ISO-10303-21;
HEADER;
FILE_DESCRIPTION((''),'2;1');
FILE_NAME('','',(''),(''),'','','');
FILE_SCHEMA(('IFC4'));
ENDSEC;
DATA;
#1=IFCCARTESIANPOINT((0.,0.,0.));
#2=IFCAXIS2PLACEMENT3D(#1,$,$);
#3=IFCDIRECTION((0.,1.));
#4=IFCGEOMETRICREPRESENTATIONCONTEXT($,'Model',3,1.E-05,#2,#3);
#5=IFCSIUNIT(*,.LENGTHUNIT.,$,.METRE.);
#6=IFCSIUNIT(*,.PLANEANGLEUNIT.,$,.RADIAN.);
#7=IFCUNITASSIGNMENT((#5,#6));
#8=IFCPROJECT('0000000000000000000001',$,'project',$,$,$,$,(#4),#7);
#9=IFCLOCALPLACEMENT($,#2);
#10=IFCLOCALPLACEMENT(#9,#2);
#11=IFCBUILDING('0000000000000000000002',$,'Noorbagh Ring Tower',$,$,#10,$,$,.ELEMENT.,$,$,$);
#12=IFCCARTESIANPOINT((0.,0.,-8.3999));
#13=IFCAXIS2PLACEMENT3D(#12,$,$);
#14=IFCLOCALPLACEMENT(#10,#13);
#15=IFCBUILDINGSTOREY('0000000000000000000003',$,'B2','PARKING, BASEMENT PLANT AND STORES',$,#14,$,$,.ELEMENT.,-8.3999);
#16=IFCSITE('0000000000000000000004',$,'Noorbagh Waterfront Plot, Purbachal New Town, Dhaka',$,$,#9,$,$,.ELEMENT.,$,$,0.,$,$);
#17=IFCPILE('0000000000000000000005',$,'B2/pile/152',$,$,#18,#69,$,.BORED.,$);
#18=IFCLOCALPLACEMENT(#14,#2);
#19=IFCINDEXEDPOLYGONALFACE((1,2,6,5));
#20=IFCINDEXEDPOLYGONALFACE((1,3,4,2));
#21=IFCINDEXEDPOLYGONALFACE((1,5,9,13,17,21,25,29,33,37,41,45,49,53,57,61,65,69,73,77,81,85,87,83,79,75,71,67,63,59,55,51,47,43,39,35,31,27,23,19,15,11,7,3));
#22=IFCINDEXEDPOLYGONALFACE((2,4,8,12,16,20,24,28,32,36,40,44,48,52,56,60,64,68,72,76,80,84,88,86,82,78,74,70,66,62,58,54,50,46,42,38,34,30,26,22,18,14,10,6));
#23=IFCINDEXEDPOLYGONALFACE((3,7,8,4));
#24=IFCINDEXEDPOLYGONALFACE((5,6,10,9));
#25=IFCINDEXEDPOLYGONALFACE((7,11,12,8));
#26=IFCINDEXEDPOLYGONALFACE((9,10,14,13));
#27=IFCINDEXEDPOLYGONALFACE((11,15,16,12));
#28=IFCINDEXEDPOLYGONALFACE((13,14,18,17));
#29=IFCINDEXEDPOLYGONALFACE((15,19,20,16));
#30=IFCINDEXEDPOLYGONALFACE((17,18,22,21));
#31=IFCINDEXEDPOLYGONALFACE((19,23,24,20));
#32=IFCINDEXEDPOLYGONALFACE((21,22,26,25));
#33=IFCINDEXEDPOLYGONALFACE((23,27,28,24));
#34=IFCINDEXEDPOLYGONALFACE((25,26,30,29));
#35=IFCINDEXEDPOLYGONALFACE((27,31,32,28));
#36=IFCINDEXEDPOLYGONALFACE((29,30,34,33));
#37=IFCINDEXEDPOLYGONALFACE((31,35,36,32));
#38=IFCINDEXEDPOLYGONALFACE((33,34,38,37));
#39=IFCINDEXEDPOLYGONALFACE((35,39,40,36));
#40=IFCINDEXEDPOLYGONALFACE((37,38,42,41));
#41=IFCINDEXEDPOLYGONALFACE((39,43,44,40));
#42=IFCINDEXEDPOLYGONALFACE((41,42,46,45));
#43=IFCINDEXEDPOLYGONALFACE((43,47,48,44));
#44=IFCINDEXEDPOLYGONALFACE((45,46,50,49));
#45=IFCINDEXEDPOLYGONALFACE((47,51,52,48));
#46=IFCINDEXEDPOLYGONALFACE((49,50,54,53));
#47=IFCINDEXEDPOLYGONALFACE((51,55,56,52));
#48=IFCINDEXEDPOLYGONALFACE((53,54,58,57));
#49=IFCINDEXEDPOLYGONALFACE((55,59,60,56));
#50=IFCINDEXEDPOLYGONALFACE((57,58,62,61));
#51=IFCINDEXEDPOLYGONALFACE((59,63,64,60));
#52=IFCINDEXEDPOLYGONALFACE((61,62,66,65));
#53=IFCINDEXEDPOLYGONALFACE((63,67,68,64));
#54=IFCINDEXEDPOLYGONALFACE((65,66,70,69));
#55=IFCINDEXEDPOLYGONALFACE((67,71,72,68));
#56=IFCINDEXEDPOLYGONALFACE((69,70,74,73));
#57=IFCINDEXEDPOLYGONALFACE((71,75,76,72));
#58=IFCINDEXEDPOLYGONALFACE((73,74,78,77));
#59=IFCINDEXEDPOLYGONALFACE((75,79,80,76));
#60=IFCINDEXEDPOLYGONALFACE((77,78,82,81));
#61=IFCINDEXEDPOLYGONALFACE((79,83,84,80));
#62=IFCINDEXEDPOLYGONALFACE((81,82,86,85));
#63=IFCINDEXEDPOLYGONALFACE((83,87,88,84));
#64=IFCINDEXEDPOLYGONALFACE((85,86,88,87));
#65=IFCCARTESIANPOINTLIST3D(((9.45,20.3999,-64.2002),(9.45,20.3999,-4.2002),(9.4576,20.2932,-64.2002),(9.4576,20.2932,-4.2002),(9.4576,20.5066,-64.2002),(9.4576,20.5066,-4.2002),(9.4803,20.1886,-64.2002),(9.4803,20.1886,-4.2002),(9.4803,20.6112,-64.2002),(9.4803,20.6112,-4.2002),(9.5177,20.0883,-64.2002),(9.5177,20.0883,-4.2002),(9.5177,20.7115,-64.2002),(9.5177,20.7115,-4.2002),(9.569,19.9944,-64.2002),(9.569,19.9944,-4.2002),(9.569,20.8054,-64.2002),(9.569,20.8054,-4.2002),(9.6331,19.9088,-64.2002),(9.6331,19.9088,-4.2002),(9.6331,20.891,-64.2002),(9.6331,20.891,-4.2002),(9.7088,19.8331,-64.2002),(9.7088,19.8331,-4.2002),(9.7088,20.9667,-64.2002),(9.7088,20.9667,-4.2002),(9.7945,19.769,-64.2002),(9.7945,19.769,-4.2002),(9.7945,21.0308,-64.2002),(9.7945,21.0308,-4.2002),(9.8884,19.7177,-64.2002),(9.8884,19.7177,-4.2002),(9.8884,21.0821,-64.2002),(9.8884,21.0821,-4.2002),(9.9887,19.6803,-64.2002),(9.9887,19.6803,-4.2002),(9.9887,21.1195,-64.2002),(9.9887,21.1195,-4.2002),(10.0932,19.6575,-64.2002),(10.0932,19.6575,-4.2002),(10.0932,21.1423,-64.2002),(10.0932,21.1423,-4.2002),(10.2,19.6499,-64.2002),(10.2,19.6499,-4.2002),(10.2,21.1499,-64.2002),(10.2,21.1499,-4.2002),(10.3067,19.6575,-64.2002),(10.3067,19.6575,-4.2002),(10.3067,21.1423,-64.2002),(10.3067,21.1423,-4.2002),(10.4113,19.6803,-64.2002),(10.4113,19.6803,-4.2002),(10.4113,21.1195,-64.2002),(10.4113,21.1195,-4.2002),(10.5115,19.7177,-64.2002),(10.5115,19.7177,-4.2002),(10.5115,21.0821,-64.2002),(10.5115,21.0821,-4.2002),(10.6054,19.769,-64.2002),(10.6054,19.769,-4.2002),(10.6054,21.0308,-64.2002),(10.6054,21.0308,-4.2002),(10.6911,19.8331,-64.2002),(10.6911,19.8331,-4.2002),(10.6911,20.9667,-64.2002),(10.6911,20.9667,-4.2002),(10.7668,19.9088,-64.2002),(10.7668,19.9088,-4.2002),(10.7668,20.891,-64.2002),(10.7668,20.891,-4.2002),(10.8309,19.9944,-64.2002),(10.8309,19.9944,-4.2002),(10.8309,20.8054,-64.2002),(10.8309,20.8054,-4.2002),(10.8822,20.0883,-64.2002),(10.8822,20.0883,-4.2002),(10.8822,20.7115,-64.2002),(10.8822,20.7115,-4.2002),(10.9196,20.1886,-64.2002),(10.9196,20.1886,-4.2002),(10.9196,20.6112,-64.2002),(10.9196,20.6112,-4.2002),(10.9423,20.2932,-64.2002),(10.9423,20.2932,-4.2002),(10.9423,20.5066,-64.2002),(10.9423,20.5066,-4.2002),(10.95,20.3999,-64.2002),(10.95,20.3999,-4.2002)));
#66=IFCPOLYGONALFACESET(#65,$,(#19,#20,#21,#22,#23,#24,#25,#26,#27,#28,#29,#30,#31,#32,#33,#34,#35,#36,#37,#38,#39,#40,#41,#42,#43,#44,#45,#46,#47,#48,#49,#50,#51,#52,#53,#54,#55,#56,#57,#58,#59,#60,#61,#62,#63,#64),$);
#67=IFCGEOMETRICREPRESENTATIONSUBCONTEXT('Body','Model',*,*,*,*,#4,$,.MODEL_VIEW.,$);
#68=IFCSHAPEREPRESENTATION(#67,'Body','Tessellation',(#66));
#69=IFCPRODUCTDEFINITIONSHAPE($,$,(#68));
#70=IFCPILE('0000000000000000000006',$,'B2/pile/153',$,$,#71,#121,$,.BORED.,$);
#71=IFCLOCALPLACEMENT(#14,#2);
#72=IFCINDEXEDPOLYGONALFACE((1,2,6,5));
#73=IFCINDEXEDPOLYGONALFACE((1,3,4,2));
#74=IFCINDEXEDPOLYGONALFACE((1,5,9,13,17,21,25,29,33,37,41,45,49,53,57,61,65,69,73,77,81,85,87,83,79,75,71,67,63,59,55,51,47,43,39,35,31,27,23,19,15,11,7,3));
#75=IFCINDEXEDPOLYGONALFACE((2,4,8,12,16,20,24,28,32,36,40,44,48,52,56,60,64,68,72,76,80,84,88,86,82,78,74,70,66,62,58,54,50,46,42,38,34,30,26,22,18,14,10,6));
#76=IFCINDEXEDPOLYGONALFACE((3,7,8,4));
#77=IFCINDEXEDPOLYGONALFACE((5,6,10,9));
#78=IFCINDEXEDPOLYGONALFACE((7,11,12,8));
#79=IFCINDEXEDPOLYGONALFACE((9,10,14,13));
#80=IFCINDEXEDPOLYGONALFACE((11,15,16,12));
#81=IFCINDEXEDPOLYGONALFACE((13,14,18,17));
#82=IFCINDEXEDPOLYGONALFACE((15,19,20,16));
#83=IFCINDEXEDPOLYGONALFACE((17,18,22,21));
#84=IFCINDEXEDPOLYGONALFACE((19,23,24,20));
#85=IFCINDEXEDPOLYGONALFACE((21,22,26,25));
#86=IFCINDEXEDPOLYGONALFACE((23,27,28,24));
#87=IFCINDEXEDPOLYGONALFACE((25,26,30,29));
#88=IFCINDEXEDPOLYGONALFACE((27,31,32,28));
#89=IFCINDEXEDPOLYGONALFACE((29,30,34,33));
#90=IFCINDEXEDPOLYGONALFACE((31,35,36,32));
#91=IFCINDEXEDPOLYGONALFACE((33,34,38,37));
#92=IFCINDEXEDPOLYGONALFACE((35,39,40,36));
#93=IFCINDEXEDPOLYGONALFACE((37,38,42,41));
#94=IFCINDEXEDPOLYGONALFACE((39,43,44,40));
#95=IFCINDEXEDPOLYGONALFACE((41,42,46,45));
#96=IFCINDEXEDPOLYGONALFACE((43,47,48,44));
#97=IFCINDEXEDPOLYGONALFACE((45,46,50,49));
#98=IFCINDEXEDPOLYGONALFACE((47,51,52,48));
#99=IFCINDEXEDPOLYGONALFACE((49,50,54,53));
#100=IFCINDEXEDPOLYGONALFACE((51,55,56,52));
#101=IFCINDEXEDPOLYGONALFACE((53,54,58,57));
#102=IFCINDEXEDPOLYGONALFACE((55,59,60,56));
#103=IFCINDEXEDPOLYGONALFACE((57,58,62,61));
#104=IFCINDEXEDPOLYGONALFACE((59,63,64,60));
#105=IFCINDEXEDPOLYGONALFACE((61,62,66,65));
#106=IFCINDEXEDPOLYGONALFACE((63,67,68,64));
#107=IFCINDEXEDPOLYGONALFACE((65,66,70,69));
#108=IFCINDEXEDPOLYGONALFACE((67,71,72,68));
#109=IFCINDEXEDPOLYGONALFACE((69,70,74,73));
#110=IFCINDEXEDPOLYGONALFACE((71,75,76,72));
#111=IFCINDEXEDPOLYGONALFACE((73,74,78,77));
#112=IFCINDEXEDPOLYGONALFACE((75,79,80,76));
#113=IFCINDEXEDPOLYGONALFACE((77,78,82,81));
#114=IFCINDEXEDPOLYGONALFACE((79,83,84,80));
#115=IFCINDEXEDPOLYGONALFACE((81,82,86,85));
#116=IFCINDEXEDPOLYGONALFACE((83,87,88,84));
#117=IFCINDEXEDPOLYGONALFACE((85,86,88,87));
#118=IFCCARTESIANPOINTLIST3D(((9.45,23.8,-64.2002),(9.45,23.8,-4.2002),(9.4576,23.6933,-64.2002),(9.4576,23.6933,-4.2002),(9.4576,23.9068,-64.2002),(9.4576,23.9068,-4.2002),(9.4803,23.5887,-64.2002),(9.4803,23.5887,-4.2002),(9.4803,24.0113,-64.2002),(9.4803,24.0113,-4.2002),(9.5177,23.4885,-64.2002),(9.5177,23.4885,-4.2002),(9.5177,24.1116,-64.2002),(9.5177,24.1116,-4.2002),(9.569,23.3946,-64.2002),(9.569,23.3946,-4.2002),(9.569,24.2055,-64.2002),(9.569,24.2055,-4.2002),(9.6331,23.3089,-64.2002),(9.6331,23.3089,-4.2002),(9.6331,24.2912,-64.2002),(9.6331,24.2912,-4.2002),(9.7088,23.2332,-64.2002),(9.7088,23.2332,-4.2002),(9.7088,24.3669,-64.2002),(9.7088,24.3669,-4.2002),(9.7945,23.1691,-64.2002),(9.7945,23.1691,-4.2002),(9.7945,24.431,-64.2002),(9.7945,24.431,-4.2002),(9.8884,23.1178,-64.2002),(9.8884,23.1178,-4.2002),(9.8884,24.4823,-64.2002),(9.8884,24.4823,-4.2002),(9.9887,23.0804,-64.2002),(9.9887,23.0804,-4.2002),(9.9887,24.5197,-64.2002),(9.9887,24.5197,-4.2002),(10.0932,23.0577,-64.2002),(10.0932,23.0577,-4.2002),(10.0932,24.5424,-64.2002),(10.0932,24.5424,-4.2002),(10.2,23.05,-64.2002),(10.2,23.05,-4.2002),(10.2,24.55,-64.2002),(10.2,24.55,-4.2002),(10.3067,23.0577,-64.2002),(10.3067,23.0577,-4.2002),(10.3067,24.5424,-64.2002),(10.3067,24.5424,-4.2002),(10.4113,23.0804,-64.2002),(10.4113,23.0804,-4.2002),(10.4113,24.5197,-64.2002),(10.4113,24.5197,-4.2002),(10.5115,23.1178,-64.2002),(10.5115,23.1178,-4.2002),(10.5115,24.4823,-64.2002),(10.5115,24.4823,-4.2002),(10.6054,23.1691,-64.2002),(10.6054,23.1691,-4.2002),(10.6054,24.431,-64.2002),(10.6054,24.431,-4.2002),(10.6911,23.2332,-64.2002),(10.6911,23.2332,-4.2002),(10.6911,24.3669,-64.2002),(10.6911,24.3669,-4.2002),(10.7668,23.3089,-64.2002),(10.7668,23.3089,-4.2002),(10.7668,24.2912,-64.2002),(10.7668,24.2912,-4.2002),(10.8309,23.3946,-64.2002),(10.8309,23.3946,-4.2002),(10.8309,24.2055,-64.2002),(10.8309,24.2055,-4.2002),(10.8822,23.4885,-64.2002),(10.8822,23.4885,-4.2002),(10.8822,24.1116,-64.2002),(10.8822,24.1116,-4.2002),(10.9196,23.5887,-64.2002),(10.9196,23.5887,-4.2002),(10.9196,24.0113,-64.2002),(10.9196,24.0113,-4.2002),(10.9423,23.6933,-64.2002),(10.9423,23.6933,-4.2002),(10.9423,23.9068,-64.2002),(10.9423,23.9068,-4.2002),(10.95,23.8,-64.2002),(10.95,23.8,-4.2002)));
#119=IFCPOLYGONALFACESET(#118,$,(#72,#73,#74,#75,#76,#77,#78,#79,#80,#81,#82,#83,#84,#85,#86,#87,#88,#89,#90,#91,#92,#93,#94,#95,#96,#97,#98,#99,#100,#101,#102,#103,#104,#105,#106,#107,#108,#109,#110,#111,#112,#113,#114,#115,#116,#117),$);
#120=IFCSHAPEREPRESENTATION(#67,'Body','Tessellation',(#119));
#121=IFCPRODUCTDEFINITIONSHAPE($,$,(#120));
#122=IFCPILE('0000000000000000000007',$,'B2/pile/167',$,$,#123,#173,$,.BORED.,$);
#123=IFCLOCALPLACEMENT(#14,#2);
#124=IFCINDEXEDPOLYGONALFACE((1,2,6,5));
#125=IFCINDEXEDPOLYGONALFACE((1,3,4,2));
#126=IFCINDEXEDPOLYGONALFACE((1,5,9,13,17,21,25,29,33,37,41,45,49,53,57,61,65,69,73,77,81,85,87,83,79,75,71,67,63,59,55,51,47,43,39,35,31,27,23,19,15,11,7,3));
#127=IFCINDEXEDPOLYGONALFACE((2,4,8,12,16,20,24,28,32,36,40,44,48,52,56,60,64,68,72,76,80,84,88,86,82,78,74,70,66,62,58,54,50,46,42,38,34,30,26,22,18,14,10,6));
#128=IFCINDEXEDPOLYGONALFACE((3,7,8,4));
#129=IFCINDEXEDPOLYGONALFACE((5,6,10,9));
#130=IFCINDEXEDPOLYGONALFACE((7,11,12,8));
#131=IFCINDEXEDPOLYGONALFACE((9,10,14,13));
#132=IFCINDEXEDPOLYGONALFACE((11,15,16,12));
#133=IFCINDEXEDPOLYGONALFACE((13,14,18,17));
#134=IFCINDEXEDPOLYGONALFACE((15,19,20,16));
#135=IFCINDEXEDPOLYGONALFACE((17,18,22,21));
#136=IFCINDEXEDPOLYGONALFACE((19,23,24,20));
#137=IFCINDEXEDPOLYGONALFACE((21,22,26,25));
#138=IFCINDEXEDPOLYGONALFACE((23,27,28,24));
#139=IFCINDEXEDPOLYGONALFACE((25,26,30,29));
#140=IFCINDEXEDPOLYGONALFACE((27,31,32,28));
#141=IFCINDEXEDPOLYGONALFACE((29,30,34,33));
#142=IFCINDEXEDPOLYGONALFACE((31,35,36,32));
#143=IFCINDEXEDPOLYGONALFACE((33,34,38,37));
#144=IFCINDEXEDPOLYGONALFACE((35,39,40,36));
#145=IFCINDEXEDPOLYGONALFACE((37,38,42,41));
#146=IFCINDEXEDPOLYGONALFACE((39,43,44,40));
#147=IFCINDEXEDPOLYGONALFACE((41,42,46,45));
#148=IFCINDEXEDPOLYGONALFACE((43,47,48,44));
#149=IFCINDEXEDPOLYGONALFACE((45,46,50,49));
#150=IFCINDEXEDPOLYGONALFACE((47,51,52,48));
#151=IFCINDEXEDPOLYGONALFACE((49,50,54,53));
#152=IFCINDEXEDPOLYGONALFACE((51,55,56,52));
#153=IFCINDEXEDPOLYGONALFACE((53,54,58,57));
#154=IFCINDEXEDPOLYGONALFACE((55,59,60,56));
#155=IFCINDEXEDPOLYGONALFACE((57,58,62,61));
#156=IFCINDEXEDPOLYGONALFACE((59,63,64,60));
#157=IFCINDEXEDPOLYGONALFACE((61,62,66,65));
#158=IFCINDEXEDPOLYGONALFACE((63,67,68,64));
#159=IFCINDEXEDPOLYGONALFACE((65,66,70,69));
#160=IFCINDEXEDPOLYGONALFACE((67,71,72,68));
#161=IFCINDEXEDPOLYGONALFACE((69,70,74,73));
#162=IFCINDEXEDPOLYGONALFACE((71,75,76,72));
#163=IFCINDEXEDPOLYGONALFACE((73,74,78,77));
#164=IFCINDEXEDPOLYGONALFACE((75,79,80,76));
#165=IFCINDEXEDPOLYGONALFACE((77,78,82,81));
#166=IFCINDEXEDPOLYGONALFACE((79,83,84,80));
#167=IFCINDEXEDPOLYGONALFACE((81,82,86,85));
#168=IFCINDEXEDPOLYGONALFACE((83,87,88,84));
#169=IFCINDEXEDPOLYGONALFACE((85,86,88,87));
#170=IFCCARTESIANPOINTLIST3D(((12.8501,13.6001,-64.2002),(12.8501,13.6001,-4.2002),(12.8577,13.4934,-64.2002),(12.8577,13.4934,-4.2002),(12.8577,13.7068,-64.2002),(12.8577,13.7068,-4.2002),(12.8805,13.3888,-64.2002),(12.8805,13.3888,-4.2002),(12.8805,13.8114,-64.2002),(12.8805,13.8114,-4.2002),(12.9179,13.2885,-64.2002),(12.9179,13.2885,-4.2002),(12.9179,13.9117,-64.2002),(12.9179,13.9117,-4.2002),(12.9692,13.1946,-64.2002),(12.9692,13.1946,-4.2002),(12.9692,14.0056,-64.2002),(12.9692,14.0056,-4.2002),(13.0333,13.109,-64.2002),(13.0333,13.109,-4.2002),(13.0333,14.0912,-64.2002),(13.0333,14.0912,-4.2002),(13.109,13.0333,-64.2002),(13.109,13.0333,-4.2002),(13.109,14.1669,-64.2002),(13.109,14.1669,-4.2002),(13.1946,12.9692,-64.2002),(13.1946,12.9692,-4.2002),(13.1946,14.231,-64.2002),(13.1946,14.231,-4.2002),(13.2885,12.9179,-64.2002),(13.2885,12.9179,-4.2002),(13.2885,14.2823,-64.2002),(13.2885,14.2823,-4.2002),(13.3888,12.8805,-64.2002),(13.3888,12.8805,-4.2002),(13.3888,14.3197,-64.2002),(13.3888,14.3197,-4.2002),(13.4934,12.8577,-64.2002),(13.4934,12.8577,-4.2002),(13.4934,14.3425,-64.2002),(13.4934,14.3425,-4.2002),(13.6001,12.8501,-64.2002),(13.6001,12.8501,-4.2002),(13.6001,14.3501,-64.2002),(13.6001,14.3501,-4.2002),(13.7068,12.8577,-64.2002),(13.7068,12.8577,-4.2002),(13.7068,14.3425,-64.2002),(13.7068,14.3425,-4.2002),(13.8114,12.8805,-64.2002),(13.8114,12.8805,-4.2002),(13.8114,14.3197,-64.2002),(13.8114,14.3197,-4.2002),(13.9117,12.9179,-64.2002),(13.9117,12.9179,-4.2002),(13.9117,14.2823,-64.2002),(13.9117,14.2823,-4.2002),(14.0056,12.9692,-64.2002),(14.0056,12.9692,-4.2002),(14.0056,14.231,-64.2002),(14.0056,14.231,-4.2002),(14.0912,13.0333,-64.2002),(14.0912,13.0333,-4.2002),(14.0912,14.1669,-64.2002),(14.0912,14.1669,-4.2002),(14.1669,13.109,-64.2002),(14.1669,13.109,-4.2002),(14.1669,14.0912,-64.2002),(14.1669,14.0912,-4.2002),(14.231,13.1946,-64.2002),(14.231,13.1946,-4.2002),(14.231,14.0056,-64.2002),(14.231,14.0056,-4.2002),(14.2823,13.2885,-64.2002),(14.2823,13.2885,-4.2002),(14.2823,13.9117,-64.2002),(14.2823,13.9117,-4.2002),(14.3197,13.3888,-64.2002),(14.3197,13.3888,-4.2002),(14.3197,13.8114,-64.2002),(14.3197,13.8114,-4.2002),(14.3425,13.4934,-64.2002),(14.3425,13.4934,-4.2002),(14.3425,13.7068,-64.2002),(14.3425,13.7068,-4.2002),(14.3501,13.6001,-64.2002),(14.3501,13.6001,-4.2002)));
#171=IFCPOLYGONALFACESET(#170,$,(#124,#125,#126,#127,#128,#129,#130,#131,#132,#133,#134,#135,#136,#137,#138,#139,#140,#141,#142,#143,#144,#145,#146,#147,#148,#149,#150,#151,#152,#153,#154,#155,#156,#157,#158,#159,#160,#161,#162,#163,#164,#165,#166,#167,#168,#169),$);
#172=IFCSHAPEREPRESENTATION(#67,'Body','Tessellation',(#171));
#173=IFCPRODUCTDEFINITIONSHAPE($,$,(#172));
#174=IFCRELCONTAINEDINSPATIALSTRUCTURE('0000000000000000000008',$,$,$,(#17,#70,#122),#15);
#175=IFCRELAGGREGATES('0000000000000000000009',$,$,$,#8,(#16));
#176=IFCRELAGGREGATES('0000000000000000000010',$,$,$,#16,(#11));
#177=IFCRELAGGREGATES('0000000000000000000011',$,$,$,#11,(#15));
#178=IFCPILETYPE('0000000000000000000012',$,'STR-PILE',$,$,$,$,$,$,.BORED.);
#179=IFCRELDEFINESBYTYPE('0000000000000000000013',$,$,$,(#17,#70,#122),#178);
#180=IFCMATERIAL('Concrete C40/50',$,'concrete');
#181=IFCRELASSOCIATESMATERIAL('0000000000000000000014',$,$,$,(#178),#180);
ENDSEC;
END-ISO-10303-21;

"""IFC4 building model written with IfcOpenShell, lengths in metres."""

from ifc_helpers import new_model, si_unit, direction, frame, origin, origin_2d, place, context, subcontext, project, spatial, circle, extrude, material, material_profile, profile_set, type_object, element, save


model = new_model("IFC4")

# Units and contexts
model_context = context("Model", 3, precision=1e-05, world=origin(), true_north=direction((0.0, 1.0)))
body_context = subcontext(model_context, "Body", "Model", "MODEL_VIEW")
ifc_project = project(units=[si_unit("LENGTHUNIT", "METRE"), si_unit("PLANEANGLEUNIT", "RADIAN")], contexts=[model_context])

# Site, building, storey
site_placement = place(None, origin())
site = spatial("IfcSite", under=ifc_project, at=site_placement, Name="Noorbagh Waterfront Plot, Purbachal New Town, Dhaka", CompositionType="ELEMENT", RefElevation=0.0)
building_placement = place(site_placement, origin())
building = spatial("IfcBuilding", under=site, at=building_placement, Name="Noorbagh Ring Tower", CompositionType="ELEMENT")
storey_placement = place(building_placement, frame((0.0, 0.0, -8.3999)))
storey = spatial("IfcBuildingStorey", under=building, at=storey_placement, Name="B2", Description="PARKING, BASEMENT PLANT AND STORES", CompositionType="ELEMENT", Elevation=-8.3999)

# Piles
ifc_material_1 = material(Name="Concrete C40/50", Category="concrete")
ifc_material_profile_1 = material_profile(ifc_material_1, circle(Radius=0.75, at=origin_2d()), Name="PILE1500")
ifc_profile_set_1 = profile_set([ifc_material_profile_1], Name="Concrete C40/50")
pile_type = type_object("IfcPileType", Name="STR-PILE", PredefinedType="BORED", material=ifc_profile_set_1)
for number, where, z_axis, x_axis, name in (
    (1, (10.2, 20.3999, -4.2002), (0.0, 0.0, -1.0), (1.0, 0.0, 0.0), "B2/pile/152"),
    (2, (10.2, 23.8, -4.2002), (0.0, 0.0, -1.0), (1.0, 0.0, 0.0), "B2/pile/153"),
    (3, (13.6001, 13.6001, -4.2002), (0.0, 0.0, -1.0), (1.0, 0.0, 0.0), "B2/pile/167"),
):
    element("IfcPile", number, at=place(storey_placement, frame(where, z_axis=z_axis, x_axis=x_axis)), inside=storey, type_object=pile_type, Name=name, PredefinedType="BORED", context=body_context, shape_type="SweptSolid", body=[
        extrude(circle(Radius=0.75, at=origin_2d()), origin(), (0.0, 0.0, 1.0), 60.0),
    ])

save(model, "model.ifc")
